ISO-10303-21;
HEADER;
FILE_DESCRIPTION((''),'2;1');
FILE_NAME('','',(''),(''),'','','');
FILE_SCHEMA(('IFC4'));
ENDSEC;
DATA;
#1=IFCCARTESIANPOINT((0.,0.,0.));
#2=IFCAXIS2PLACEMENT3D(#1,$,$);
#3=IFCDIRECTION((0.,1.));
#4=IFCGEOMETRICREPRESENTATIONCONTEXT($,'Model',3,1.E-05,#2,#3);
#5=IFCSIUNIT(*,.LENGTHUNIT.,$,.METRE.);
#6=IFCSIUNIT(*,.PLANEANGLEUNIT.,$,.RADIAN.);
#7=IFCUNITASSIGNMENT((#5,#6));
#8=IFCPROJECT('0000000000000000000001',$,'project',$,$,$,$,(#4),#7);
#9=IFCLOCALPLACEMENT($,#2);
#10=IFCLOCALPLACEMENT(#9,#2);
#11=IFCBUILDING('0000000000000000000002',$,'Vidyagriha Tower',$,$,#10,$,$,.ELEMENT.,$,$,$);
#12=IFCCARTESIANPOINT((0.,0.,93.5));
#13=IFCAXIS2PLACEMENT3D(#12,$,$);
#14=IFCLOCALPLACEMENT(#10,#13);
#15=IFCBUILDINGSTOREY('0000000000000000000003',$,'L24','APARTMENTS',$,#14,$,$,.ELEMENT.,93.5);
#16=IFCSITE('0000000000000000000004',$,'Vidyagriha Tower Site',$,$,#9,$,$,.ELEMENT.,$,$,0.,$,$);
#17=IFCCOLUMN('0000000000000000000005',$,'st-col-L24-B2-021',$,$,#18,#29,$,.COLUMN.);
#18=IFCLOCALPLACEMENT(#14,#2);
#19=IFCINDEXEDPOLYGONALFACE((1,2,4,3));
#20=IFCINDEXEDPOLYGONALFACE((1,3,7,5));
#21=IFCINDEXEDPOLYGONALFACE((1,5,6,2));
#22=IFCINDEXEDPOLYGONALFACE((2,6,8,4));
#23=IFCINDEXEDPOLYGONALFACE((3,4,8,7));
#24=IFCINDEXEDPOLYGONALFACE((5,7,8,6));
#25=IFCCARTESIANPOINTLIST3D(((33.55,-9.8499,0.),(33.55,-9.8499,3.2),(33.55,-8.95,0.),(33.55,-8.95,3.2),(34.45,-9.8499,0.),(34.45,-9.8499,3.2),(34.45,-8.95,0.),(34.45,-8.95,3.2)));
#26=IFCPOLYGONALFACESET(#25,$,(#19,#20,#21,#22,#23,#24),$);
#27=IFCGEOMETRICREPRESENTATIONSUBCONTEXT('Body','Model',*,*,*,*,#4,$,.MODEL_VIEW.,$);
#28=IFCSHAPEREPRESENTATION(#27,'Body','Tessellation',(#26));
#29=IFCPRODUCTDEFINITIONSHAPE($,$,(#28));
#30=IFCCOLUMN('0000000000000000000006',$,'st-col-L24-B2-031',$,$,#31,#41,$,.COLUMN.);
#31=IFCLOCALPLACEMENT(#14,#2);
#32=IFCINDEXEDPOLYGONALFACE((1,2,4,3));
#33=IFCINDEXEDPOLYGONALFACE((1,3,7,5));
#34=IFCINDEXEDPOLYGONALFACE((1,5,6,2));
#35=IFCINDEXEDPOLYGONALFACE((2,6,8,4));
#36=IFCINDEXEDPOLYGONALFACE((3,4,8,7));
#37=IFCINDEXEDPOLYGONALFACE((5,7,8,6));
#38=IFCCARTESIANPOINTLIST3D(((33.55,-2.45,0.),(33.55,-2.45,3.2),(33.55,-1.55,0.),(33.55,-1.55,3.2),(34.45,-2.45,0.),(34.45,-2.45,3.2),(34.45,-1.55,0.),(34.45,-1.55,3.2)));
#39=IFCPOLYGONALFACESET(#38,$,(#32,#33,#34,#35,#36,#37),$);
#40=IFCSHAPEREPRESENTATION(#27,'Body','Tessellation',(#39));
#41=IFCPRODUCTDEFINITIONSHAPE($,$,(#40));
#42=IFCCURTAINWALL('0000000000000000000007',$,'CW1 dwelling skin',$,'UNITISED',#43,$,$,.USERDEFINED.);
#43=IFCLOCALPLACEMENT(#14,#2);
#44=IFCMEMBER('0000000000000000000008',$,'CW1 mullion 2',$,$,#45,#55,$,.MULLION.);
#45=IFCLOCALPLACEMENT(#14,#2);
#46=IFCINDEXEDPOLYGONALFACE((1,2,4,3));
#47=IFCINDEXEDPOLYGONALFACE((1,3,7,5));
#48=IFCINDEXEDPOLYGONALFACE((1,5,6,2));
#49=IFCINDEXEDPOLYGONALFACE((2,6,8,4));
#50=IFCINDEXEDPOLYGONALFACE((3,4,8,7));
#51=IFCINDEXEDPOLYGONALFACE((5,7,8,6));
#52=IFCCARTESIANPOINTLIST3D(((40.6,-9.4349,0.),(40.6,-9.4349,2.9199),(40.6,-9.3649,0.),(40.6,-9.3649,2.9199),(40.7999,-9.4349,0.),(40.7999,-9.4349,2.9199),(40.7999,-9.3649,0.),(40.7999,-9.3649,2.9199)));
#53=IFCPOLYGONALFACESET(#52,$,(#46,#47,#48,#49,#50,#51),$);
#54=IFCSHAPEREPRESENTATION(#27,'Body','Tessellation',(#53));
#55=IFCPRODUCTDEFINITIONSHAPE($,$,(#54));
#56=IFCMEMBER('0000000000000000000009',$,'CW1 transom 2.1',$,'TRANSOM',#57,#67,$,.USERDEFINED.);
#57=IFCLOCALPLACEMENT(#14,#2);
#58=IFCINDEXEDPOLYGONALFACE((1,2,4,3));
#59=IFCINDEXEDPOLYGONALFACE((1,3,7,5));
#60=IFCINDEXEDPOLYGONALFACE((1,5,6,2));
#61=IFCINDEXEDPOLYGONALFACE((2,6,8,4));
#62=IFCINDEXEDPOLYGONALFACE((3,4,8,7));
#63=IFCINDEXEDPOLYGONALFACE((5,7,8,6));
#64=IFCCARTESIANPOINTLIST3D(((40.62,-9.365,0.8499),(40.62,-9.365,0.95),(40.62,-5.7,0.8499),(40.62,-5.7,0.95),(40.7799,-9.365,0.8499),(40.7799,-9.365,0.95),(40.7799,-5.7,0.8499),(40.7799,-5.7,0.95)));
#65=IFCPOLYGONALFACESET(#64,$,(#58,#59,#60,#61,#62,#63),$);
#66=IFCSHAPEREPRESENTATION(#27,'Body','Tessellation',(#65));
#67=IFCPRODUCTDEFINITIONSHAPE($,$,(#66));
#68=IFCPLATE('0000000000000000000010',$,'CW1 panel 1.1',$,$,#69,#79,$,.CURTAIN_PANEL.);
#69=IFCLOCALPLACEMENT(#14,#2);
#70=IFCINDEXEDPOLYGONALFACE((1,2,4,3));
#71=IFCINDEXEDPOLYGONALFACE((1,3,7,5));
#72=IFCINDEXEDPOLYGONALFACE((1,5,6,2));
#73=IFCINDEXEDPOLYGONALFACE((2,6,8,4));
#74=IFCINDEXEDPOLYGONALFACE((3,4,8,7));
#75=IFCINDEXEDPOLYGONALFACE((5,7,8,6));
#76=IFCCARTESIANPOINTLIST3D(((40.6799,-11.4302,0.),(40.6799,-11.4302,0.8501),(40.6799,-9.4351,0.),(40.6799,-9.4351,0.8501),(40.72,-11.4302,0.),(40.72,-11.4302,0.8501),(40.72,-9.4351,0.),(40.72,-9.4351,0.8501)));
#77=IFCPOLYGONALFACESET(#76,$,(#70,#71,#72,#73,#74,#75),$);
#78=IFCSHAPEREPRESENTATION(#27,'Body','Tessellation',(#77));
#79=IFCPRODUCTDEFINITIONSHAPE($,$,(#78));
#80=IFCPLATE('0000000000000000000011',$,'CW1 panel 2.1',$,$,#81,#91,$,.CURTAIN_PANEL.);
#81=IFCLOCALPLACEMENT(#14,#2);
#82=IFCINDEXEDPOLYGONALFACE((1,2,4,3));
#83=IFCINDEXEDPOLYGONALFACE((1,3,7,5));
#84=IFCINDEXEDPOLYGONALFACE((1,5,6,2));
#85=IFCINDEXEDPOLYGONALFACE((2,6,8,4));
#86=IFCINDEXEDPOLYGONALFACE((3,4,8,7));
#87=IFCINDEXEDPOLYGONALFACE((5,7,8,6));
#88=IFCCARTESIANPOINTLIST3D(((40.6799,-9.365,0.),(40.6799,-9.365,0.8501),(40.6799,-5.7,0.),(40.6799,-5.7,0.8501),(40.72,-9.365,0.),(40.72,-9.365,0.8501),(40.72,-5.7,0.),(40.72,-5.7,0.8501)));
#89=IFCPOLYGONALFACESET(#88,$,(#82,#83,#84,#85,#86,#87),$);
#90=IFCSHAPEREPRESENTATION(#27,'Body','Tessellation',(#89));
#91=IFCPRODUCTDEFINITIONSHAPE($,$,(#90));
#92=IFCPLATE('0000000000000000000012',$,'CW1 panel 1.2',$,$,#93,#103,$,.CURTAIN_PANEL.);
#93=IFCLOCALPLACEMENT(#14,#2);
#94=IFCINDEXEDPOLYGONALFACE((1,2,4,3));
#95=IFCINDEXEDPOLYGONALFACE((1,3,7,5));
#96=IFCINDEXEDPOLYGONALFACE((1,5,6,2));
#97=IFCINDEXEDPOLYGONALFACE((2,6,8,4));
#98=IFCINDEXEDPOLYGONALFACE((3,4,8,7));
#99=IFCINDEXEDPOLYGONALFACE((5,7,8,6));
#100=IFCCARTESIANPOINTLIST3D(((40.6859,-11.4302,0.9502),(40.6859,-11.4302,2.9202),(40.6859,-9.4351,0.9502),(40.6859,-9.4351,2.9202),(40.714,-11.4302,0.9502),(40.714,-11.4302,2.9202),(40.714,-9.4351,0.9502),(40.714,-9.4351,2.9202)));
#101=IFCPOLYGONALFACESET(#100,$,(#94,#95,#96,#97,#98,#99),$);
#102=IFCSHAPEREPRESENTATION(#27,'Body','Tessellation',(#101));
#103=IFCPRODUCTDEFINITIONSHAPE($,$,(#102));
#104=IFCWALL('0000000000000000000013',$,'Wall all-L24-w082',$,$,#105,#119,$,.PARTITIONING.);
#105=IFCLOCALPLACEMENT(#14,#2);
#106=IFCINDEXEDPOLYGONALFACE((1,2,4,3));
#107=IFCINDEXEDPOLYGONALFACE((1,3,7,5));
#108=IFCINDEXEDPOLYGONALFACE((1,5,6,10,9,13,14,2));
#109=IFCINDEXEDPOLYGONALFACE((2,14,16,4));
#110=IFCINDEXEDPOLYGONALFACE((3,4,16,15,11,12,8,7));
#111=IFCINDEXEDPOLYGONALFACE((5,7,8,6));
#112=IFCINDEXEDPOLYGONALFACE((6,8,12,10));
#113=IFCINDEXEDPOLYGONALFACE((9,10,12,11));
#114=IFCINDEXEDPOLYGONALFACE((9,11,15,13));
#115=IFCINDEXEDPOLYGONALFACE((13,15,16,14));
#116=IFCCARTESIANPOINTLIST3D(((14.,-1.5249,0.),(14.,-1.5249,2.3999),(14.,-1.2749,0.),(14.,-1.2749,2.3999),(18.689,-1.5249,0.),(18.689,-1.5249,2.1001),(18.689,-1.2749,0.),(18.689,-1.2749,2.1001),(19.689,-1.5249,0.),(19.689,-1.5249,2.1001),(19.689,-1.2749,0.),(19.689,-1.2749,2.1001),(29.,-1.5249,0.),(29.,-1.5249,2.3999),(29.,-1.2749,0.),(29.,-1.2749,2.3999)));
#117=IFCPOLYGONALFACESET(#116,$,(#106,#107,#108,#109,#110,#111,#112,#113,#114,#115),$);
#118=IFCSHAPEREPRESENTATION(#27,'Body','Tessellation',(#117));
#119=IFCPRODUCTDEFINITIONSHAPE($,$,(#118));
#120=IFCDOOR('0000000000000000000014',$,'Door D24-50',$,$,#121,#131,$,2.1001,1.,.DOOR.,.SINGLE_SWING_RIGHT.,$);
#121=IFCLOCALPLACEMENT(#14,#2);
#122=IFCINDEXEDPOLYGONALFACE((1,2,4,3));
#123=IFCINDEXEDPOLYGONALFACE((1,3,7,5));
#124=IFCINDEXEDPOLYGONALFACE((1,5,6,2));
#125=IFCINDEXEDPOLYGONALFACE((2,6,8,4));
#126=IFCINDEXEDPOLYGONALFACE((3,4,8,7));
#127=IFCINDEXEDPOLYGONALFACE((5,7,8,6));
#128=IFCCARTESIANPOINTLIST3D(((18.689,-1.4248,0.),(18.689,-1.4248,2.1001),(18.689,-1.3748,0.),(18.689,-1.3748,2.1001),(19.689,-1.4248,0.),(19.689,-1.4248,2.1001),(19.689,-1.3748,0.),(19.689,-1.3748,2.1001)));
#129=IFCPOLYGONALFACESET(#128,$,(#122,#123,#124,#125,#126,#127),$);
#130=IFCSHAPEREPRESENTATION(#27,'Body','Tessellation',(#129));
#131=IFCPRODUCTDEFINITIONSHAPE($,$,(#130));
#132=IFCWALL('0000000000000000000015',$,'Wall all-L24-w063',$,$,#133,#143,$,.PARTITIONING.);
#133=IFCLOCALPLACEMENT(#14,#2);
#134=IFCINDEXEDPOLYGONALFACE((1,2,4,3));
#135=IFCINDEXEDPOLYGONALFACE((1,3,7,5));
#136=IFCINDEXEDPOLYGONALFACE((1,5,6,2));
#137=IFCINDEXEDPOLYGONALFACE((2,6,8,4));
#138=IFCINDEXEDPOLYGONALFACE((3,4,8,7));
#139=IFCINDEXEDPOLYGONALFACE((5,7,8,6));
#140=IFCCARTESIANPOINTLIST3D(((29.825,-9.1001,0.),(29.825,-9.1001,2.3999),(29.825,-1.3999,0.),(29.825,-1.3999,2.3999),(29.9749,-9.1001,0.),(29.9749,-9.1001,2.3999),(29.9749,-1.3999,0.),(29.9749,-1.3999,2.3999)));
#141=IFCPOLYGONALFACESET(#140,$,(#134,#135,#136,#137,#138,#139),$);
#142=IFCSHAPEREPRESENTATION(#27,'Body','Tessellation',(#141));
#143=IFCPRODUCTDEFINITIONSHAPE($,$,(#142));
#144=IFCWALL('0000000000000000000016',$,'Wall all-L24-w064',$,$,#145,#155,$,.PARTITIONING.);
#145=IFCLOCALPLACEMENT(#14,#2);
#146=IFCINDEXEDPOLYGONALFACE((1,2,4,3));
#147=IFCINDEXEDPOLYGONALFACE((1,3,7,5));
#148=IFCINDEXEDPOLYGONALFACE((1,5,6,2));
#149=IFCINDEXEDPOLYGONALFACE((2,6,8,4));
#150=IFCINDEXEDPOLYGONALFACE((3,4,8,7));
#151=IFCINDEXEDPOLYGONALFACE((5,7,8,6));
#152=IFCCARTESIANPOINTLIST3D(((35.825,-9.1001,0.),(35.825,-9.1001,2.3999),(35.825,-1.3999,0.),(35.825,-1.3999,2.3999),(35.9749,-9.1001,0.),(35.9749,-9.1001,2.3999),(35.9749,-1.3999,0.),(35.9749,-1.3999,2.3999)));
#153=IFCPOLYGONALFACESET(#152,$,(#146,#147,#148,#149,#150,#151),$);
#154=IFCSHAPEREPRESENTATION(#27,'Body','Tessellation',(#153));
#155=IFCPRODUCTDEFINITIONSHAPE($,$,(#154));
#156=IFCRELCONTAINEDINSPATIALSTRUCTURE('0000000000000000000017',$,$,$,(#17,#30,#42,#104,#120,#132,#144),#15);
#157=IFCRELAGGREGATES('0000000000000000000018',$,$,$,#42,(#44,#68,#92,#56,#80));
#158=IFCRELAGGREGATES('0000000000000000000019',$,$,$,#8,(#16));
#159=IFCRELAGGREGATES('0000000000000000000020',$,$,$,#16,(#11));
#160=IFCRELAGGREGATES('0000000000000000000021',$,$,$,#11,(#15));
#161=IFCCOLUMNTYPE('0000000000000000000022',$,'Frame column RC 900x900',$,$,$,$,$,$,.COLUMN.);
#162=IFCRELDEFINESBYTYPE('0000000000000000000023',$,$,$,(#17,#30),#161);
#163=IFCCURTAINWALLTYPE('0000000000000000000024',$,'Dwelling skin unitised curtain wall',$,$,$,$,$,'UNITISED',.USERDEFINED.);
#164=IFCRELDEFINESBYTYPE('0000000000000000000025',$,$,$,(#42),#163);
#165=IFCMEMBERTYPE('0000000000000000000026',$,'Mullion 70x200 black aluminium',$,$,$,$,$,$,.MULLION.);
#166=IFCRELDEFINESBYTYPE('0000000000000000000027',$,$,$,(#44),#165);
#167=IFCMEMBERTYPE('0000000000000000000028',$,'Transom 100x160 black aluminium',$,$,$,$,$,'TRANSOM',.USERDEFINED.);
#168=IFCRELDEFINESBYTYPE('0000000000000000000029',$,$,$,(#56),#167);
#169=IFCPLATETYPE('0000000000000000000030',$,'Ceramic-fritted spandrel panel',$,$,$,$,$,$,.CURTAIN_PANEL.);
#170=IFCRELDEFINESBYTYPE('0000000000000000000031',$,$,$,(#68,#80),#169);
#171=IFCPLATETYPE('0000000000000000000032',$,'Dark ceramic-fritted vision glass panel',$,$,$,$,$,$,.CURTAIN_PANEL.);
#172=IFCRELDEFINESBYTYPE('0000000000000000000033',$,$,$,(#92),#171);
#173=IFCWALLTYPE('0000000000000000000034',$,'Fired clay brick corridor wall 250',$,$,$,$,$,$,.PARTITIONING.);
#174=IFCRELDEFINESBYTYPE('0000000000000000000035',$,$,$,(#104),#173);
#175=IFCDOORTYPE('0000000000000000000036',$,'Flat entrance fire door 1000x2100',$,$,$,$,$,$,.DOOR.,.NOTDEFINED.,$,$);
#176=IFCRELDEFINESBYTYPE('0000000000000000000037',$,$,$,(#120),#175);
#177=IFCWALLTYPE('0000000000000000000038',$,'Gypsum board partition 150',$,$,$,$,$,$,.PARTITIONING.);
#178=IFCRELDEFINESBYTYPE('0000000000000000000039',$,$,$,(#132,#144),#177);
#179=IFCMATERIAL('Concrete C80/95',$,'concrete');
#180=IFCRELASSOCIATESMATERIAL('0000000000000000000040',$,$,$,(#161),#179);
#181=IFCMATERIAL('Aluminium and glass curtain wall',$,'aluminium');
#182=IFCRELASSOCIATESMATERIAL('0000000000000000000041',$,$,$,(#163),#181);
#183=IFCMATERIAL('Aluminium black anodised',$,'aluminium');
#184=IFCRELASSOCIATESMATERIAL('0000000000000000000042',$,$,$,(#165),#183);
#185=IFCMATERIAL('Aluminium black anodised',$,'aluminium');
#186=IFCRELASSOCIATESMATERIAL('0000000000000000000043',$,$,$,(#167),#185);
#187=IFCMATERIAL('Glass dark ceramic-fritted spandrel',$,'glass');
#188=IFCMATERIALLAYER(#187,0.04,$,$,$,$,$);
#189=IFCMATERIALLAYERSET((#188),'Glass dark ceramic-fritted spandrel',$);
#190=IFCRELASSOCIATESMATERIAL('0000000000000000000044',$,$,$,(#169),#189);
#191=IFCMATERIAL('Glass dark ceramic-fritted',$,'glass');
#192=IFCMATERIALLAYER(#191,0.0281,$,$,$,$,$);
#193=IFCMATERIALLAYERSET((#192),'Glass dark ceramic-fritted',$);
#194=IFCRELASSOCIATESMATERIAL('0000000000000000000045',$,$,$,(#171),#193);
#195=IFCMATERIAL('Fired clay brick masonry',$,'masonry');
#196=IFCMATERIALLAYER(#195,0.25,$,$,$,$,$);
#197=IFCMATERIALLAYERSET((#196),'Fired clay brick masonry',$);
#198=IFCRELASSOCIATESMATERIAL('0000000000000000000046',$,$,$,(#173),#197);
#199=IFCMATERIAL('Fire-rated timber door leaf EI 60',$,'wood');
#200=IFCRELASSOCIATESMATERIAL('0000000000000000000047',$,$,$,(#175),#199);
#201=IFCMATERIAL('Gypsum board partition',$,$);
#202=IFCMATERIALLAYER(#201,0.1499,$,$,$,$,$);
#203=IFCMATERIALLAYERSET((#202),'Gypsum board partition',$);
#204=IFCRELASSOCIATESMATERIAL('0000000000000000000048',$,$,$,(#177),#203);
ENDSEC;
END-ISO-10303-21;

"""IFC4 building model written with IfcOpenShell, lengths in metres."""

from ifc_helpers import new_model, si_unit, direction, frame, frame_2d, origin, origin_2d, place, context, subcontext, project, spatial, rectangle, extrude, material, layer, layer_set, material_profile, profile_set, type_object, element, fill, aggregate, save


model = new_model("IFC4")

# Units and contexts
model_context = context("Model", 3, precision=1e-05, world=origin(), true_north=direction((0.0, 1.0)))
body_context = subcontext(model_context, "Body", "Model", "MODEL_VIEW")
ifc_project = project(units=[si_unit("LENGTHUNIT", "METRE"), si_unit("PLANEANGLEUNIT", "RADIAN")], contexts=[model_context])

# Site, building, storey
site_placement = place(None, origin())
site = spatial("IfcSite", under=ifc_project, at=site_placement, Name="Vidyagriha Tower Site", CompositionType="ELEMENT", RefElevation=0.0)
building_placement = place(site_placement, origin())
building = spatial("IfcBuilding", under=site, at=building_placement, Name="Vidyagriha Tower", CompositionType="ELEMENT")
storey_placement = place(building_placement, frame((0.0, 0.0, 93.5)))
storey = spatial("IfcBuildingStorey", under=building, at=storey_placement, Name="L24", Description="APARTMENTS", CompositionType="ELEMENT", Elevation=93.5)

# Columns
ifc_material_1 = material(Name="Concrete C80/95", Category="concrete")
ifc_material_profile_1 = material_profile(ifc_material_1, rectangle(XDim=0.8999, YDim=0.8999, at=origin_2d()), Name="RC 900x900")
ifc_profile_set_1 = profile_set([ifc_material_profile_1], Name="Concrete C80/95")
column_type = type_object("IfcColumnType", Name="Frame column RC 900x900", PredefinedType="COLUMN", material=ifc_profile_set_1)
for number, where, name in (
    (1, (34.0, -9.3999, 0.0), "st-col-L24-B2-021"),
    (2, (34.0, -2.0, 0.0), "st-col-L24-B2-031"),
):
    element("IfcColumn", number, at=place(storey_placement, frame(where)), inside=storey, type_object=column_type, Name=name, PredefinedType="COLUMN", context=body_context, shape_type="SweptSolid", body=[
        extrude(rectangle(XDim=0.8999, YDim=0.8999, at=origin_2d()), origin(), (0.0, 0.0, 1.0), 3.2),
    ])

# Curtain wall, members, plates
ifc_material_2 = material(Name="Aluminium and glass curtain wall", Category="aluminium")
curtain_wall_type = type_object("IfcCurtainWallType", Name="Dwelling skin unitised curtain wall", ElementType="UNITISED", PredefinedType="USERDEFINED", material=ifc_material_2)
curtain_wall_placement = place(storey_placement, origin())
curtain_wall = element("IfcCurtainWall", 3, at=curtain_wall_placement, inside=storey, type_object=curtain_wall_type, Name="CW1 dwelling skin", ObjectType="UNITISED", PredefinedType="USERDEFINED")
ifc_material_3 = material(Name="Aluminium black anodised", Category="aluminium")
ifc_material_profile_2 = material_profile(ifc_material_3, rectangle(XDim=0.2, YDim=0.0701, at=origin_2d()), Name="Mullion 70x200 black aluminium")
ifc_profile_set_2 = profile_set([ifc_material_profile_2], Name="Aluminium black anodised")
member_type_1 = type_object("IfcMemberType", Name="Mullion 70x200 black aluminium", PredefinedType="MULLION", material=ifc_profile_set_2)
member_1_placement = place(storey_placement, frame((40.7, -9.3999, 0.0), z_axis=(0.0, 0.0, 1.0), x_axis=(-1.0, 0.0, 0.0)))
member_1 = element("IfcMember", 4, at=member_1_placement, type_object=member_type_1, Name="CW1 mullion 2", PredefinedType="MULLION", context=body_context, shape_type="SweptSolid", body=[
    extrude(rectangle(XDim=0.2, YDim=0.0701, at=origin_2d()), origin(), (0.0, 0.0, 1.0), 2.9199),
])
ifc_material_4 = material(Name="Aluminium black anodised", Category="aluminium")
ifc_material_profile_3 = material_profile(ifc_material_4, rectangle(XDim=0.1599, YDim=0.1001, at=origin_2d()), Name="Transom 100x160 black aluminium")
ifc_profile_set_3 = profile_set([ifc_material_profile_3], Name="Aluminium black anodised")
member_type_2 = type_object("IfcMemberType", Name="Transom 100x160 black aluminium", ElementType="TRANSOM", PredefinedType="USERDEFINED", material=ifc_profile_set_3)
member_2_placement = place(storey_placement, frame((40.7, -9.365, 0.8999), z_axis=(0.0, 1.0, 0.0), x_axis=(-1.0, 0.0, 0.0)))
member_2 = element("IfcMember", 5, at=member_2_placement, type_object=member_type_2, Name="CW1 transom 2.1", ObjectType="TRANSOM", PredefinedType="USERDEFINED", context=body_context, shape_type="SweptSolid", body=[
    extrude(rectangle(XDim=0.1599, YDim=0.1001, at=origin_2d()), origin(), (0.0, 0.0, 1.0), 3.665),
])
ifc_material_5 = material(Name="Glass dark ceramic-fritted spandrel", Category="glass")
ifc_layer_1 = layer(ifc_material_5, 0.04)
ifc_layer_set_1 = layer_set([ifc_layer_1], Name="Glass dark ceramic-fritted spandrel")
plate_type_1 = type_object("IfcPlateType", Name="Ceramic-fritted spandrel panel", PredefinedType="CURTAIN_PANEL", material=ifc_layer_set_1)
plate_1_placement = place(storey_placement, frame((40.7, -10.4326, 0.0), z_axis=(0.0, 0.0, 1.0), x_axis=(0.0, 1.0, 0.0)))
plate_1 = element("IfcPlate", 6, at=plate_1_placement, type_object=plate_type_1, Name="CW1 panel 1.1", PredefinedType="CURTAIN_PANEL", context=body_context, shape_type="SweptSolid", body=[
    extrude(rectangle(XDim=1.9951, YDim=0.04, at=origin_2d()), origin(), (0.0, 0.0, 1.0), 0.8501),
])
plate_2_placement = place(storey_placement, frame((40.7, -7.5325, 0.0), z_axis=(0.0, 0.0, 1.0), x_axis=(0.0, 1.0, 0.0)))
plate_2 = element("IfcPlate", 7, at=plate_2_placement, type_object=plate_type_1, Name="CW1 panel 2.1", PredefinedType="CURTAIN_PANEL", context=body_context, shape_type="SweptSolid", body=[
    extrude(rectangle(XDim=3.665, YDim=0.04, at=origin_2d()), origin(), (0.0, 0.0, 1.0), 0.8501),
])
ifc_material_6 = material(Name="Glass dark ceramic-fritted", Category="glass")
ifc_layer_2 = layer(ifc_material_6, 0.0281)
ifc_layer_set_2 = layer_set([ifc_layer_2], Name="Glass dark ceramic-fritted")
plate_type_2 = type_object("IfcPlateType", Name="Dark ceramic-fritted vision glass panel", PredefinedType="CURTAIN_PANEL", material=ifc_layer_set_2)
plate_3_placement = place(storey_placement, frame((40.7, -10.4326, 0.9502), z_axis=(0.0, 0.0, 1.0), x_axis=(0.0, 1.0, 0.0)))
plate_3 = element("IfcPlate", 8, at=plate_3_placement, type_object=plate_type_2, Name="CW1 panel 1.2", PredefinedType="CURTAIN_PANEL", context=body_context, shape_type="SweptSolid", body=[
    extrude(rectangle(XDim=1.9951, YDim=0.0281, at=origin_2d()), origin(), (0.0, 0.0, 1.0), 1.97),
])
aggregate(curtain_wall, [member_1, plate_1, plate_3, member_2, plate_2])

# Wall, opening, door
ifc_material_7 = material(Name="Fired clay brick masonry", Category="masonry")
ifc_layer_3 = layer(ifc_material_7, 0.25)
ifc_layer_set_3 = layer_set([ifc_layer_3], Name="Fired clay brick masonry")
wall_type_1 = type_object("IfcWallType", Name="Fired clay brick corridor wall 250", PredefinedType="PARTITIONING", material=ifc_layer_set_3)
wall_1_placement = place(storey_placement, frame((29.0, -1.3999, 0.0), z_axis=(0.0, 0.0, 1.0), x_axis=(-1.0, 0.0, 0.0)))
wall_1 = element("IfcWall", 9, at=wall_1_placement, inside=storey, type_object=wall_type_1, Name="Wall all-L24-w082", PredefinedType="PARTITIONING", context=body_context, shape_type="SweptSolid", body=[
    extrude(rectangle(XDim=15.0, YDim=0.25, at=frame_2d((7.5, 0.0))), origin(), (0.0, 0.0, 1.0), 2.3999),
])
opening_1_placement = place(wall_1_placement, frame((9.311, 0.0, 0.0)))
opening_1 = element("IfcOpeningElement", 10, at=opening_1_placement, cuts=wall_1, PredefinedType="OPENING", context=body_context, shape_type="SweptSolid", body=[
    extrude(rectangle(XDim=1.0, YDim=2.1001, at=frame_2d((0.5, 1.05))), frame((0.0, 0.135, 0.0), z_axis=(0.0, -1.0, 0.0), x_axis=(1.0, 0.0, 0.0)), (0.0, 0.0, 1.0), 0.27),
])
ifc_material_8 = material(Name="Fire-rated timber door leaf EI 60", Category="wood")
door_type_1 = type_object("IfcDoorType", Name="Flat entrance fire door 1000x2100", OperationType="NOTDEFINED", PredefinedType="DOOR", material=ifc_material_8)
door_1_placement = place(opening_1_placement, origin())
door_1 = element("IfcDoor", 11, at=door_1_placement, inside=storey, type_object=door_type_1, Name="Door D24-50", OperationType="SINGLE_SWING_RIGHT", OverallHeight=2.1001, OverallWidth=1.0, PredefinedType="DOOR", context=body_context, shape_type="SweptSolid", body=[
    extrude(rectangle(XDim=1.0, YDim=2.1001, at=frame_2d((0.5, 1.05))), frame((0.0, 0.0249, 0.0), z_axis=(0.0, -1.0, 0.0), x_axis=(1.0, 0.0, 0.0)), (0.0, 0.0, 1.0), 0.05),
])
fill(opening_1, door_1)

# Walls
ifc_material_9 = material(Name="Gypsum board partition")
ifc_layer_4 = layer(ifc_material_9, 0.1499)
ifc_layer_set_4 = layer_set([ifc_layer_4], Name="Gypsum board partition")
wall_type_2 = type_object("IfcWallType", Name="Gypsum board partition 150", PredefinedType="PARTITIONING", material=ifc_layer_set_4)
for number, where, z_axis, x_axis, name in (
    (12, (29.8999, -1.3999, 0.0), (0.0, 0.0, 1.0), (0.0, -1.0, 0.0), "Wall all-L24-w063"),
    (13, (35.8999, -1.3999, 0.0), (0.0, 0.0, 1.0), (0.0, -1.0, 0.0), "Wall all-L24-w064"),
):
    element("IfcWall", number, at=place(storey_placement, frame(where, z_axis=z_axis, x_axis=x_axis)), inside=storey, type_object=wall_type_2, Name=name, PredefinedType="PARTITIONING", context=body_context, shape_type="SweptSolid", body=[
        extrude(rectangle(XDim=7.7002, YDim=0.1499, at=frame_2d((3.8501, 0.0))), origin(), (0.0, 0.0, 1.0), 2.3999),
    ])

save(model, "model.ifc")
